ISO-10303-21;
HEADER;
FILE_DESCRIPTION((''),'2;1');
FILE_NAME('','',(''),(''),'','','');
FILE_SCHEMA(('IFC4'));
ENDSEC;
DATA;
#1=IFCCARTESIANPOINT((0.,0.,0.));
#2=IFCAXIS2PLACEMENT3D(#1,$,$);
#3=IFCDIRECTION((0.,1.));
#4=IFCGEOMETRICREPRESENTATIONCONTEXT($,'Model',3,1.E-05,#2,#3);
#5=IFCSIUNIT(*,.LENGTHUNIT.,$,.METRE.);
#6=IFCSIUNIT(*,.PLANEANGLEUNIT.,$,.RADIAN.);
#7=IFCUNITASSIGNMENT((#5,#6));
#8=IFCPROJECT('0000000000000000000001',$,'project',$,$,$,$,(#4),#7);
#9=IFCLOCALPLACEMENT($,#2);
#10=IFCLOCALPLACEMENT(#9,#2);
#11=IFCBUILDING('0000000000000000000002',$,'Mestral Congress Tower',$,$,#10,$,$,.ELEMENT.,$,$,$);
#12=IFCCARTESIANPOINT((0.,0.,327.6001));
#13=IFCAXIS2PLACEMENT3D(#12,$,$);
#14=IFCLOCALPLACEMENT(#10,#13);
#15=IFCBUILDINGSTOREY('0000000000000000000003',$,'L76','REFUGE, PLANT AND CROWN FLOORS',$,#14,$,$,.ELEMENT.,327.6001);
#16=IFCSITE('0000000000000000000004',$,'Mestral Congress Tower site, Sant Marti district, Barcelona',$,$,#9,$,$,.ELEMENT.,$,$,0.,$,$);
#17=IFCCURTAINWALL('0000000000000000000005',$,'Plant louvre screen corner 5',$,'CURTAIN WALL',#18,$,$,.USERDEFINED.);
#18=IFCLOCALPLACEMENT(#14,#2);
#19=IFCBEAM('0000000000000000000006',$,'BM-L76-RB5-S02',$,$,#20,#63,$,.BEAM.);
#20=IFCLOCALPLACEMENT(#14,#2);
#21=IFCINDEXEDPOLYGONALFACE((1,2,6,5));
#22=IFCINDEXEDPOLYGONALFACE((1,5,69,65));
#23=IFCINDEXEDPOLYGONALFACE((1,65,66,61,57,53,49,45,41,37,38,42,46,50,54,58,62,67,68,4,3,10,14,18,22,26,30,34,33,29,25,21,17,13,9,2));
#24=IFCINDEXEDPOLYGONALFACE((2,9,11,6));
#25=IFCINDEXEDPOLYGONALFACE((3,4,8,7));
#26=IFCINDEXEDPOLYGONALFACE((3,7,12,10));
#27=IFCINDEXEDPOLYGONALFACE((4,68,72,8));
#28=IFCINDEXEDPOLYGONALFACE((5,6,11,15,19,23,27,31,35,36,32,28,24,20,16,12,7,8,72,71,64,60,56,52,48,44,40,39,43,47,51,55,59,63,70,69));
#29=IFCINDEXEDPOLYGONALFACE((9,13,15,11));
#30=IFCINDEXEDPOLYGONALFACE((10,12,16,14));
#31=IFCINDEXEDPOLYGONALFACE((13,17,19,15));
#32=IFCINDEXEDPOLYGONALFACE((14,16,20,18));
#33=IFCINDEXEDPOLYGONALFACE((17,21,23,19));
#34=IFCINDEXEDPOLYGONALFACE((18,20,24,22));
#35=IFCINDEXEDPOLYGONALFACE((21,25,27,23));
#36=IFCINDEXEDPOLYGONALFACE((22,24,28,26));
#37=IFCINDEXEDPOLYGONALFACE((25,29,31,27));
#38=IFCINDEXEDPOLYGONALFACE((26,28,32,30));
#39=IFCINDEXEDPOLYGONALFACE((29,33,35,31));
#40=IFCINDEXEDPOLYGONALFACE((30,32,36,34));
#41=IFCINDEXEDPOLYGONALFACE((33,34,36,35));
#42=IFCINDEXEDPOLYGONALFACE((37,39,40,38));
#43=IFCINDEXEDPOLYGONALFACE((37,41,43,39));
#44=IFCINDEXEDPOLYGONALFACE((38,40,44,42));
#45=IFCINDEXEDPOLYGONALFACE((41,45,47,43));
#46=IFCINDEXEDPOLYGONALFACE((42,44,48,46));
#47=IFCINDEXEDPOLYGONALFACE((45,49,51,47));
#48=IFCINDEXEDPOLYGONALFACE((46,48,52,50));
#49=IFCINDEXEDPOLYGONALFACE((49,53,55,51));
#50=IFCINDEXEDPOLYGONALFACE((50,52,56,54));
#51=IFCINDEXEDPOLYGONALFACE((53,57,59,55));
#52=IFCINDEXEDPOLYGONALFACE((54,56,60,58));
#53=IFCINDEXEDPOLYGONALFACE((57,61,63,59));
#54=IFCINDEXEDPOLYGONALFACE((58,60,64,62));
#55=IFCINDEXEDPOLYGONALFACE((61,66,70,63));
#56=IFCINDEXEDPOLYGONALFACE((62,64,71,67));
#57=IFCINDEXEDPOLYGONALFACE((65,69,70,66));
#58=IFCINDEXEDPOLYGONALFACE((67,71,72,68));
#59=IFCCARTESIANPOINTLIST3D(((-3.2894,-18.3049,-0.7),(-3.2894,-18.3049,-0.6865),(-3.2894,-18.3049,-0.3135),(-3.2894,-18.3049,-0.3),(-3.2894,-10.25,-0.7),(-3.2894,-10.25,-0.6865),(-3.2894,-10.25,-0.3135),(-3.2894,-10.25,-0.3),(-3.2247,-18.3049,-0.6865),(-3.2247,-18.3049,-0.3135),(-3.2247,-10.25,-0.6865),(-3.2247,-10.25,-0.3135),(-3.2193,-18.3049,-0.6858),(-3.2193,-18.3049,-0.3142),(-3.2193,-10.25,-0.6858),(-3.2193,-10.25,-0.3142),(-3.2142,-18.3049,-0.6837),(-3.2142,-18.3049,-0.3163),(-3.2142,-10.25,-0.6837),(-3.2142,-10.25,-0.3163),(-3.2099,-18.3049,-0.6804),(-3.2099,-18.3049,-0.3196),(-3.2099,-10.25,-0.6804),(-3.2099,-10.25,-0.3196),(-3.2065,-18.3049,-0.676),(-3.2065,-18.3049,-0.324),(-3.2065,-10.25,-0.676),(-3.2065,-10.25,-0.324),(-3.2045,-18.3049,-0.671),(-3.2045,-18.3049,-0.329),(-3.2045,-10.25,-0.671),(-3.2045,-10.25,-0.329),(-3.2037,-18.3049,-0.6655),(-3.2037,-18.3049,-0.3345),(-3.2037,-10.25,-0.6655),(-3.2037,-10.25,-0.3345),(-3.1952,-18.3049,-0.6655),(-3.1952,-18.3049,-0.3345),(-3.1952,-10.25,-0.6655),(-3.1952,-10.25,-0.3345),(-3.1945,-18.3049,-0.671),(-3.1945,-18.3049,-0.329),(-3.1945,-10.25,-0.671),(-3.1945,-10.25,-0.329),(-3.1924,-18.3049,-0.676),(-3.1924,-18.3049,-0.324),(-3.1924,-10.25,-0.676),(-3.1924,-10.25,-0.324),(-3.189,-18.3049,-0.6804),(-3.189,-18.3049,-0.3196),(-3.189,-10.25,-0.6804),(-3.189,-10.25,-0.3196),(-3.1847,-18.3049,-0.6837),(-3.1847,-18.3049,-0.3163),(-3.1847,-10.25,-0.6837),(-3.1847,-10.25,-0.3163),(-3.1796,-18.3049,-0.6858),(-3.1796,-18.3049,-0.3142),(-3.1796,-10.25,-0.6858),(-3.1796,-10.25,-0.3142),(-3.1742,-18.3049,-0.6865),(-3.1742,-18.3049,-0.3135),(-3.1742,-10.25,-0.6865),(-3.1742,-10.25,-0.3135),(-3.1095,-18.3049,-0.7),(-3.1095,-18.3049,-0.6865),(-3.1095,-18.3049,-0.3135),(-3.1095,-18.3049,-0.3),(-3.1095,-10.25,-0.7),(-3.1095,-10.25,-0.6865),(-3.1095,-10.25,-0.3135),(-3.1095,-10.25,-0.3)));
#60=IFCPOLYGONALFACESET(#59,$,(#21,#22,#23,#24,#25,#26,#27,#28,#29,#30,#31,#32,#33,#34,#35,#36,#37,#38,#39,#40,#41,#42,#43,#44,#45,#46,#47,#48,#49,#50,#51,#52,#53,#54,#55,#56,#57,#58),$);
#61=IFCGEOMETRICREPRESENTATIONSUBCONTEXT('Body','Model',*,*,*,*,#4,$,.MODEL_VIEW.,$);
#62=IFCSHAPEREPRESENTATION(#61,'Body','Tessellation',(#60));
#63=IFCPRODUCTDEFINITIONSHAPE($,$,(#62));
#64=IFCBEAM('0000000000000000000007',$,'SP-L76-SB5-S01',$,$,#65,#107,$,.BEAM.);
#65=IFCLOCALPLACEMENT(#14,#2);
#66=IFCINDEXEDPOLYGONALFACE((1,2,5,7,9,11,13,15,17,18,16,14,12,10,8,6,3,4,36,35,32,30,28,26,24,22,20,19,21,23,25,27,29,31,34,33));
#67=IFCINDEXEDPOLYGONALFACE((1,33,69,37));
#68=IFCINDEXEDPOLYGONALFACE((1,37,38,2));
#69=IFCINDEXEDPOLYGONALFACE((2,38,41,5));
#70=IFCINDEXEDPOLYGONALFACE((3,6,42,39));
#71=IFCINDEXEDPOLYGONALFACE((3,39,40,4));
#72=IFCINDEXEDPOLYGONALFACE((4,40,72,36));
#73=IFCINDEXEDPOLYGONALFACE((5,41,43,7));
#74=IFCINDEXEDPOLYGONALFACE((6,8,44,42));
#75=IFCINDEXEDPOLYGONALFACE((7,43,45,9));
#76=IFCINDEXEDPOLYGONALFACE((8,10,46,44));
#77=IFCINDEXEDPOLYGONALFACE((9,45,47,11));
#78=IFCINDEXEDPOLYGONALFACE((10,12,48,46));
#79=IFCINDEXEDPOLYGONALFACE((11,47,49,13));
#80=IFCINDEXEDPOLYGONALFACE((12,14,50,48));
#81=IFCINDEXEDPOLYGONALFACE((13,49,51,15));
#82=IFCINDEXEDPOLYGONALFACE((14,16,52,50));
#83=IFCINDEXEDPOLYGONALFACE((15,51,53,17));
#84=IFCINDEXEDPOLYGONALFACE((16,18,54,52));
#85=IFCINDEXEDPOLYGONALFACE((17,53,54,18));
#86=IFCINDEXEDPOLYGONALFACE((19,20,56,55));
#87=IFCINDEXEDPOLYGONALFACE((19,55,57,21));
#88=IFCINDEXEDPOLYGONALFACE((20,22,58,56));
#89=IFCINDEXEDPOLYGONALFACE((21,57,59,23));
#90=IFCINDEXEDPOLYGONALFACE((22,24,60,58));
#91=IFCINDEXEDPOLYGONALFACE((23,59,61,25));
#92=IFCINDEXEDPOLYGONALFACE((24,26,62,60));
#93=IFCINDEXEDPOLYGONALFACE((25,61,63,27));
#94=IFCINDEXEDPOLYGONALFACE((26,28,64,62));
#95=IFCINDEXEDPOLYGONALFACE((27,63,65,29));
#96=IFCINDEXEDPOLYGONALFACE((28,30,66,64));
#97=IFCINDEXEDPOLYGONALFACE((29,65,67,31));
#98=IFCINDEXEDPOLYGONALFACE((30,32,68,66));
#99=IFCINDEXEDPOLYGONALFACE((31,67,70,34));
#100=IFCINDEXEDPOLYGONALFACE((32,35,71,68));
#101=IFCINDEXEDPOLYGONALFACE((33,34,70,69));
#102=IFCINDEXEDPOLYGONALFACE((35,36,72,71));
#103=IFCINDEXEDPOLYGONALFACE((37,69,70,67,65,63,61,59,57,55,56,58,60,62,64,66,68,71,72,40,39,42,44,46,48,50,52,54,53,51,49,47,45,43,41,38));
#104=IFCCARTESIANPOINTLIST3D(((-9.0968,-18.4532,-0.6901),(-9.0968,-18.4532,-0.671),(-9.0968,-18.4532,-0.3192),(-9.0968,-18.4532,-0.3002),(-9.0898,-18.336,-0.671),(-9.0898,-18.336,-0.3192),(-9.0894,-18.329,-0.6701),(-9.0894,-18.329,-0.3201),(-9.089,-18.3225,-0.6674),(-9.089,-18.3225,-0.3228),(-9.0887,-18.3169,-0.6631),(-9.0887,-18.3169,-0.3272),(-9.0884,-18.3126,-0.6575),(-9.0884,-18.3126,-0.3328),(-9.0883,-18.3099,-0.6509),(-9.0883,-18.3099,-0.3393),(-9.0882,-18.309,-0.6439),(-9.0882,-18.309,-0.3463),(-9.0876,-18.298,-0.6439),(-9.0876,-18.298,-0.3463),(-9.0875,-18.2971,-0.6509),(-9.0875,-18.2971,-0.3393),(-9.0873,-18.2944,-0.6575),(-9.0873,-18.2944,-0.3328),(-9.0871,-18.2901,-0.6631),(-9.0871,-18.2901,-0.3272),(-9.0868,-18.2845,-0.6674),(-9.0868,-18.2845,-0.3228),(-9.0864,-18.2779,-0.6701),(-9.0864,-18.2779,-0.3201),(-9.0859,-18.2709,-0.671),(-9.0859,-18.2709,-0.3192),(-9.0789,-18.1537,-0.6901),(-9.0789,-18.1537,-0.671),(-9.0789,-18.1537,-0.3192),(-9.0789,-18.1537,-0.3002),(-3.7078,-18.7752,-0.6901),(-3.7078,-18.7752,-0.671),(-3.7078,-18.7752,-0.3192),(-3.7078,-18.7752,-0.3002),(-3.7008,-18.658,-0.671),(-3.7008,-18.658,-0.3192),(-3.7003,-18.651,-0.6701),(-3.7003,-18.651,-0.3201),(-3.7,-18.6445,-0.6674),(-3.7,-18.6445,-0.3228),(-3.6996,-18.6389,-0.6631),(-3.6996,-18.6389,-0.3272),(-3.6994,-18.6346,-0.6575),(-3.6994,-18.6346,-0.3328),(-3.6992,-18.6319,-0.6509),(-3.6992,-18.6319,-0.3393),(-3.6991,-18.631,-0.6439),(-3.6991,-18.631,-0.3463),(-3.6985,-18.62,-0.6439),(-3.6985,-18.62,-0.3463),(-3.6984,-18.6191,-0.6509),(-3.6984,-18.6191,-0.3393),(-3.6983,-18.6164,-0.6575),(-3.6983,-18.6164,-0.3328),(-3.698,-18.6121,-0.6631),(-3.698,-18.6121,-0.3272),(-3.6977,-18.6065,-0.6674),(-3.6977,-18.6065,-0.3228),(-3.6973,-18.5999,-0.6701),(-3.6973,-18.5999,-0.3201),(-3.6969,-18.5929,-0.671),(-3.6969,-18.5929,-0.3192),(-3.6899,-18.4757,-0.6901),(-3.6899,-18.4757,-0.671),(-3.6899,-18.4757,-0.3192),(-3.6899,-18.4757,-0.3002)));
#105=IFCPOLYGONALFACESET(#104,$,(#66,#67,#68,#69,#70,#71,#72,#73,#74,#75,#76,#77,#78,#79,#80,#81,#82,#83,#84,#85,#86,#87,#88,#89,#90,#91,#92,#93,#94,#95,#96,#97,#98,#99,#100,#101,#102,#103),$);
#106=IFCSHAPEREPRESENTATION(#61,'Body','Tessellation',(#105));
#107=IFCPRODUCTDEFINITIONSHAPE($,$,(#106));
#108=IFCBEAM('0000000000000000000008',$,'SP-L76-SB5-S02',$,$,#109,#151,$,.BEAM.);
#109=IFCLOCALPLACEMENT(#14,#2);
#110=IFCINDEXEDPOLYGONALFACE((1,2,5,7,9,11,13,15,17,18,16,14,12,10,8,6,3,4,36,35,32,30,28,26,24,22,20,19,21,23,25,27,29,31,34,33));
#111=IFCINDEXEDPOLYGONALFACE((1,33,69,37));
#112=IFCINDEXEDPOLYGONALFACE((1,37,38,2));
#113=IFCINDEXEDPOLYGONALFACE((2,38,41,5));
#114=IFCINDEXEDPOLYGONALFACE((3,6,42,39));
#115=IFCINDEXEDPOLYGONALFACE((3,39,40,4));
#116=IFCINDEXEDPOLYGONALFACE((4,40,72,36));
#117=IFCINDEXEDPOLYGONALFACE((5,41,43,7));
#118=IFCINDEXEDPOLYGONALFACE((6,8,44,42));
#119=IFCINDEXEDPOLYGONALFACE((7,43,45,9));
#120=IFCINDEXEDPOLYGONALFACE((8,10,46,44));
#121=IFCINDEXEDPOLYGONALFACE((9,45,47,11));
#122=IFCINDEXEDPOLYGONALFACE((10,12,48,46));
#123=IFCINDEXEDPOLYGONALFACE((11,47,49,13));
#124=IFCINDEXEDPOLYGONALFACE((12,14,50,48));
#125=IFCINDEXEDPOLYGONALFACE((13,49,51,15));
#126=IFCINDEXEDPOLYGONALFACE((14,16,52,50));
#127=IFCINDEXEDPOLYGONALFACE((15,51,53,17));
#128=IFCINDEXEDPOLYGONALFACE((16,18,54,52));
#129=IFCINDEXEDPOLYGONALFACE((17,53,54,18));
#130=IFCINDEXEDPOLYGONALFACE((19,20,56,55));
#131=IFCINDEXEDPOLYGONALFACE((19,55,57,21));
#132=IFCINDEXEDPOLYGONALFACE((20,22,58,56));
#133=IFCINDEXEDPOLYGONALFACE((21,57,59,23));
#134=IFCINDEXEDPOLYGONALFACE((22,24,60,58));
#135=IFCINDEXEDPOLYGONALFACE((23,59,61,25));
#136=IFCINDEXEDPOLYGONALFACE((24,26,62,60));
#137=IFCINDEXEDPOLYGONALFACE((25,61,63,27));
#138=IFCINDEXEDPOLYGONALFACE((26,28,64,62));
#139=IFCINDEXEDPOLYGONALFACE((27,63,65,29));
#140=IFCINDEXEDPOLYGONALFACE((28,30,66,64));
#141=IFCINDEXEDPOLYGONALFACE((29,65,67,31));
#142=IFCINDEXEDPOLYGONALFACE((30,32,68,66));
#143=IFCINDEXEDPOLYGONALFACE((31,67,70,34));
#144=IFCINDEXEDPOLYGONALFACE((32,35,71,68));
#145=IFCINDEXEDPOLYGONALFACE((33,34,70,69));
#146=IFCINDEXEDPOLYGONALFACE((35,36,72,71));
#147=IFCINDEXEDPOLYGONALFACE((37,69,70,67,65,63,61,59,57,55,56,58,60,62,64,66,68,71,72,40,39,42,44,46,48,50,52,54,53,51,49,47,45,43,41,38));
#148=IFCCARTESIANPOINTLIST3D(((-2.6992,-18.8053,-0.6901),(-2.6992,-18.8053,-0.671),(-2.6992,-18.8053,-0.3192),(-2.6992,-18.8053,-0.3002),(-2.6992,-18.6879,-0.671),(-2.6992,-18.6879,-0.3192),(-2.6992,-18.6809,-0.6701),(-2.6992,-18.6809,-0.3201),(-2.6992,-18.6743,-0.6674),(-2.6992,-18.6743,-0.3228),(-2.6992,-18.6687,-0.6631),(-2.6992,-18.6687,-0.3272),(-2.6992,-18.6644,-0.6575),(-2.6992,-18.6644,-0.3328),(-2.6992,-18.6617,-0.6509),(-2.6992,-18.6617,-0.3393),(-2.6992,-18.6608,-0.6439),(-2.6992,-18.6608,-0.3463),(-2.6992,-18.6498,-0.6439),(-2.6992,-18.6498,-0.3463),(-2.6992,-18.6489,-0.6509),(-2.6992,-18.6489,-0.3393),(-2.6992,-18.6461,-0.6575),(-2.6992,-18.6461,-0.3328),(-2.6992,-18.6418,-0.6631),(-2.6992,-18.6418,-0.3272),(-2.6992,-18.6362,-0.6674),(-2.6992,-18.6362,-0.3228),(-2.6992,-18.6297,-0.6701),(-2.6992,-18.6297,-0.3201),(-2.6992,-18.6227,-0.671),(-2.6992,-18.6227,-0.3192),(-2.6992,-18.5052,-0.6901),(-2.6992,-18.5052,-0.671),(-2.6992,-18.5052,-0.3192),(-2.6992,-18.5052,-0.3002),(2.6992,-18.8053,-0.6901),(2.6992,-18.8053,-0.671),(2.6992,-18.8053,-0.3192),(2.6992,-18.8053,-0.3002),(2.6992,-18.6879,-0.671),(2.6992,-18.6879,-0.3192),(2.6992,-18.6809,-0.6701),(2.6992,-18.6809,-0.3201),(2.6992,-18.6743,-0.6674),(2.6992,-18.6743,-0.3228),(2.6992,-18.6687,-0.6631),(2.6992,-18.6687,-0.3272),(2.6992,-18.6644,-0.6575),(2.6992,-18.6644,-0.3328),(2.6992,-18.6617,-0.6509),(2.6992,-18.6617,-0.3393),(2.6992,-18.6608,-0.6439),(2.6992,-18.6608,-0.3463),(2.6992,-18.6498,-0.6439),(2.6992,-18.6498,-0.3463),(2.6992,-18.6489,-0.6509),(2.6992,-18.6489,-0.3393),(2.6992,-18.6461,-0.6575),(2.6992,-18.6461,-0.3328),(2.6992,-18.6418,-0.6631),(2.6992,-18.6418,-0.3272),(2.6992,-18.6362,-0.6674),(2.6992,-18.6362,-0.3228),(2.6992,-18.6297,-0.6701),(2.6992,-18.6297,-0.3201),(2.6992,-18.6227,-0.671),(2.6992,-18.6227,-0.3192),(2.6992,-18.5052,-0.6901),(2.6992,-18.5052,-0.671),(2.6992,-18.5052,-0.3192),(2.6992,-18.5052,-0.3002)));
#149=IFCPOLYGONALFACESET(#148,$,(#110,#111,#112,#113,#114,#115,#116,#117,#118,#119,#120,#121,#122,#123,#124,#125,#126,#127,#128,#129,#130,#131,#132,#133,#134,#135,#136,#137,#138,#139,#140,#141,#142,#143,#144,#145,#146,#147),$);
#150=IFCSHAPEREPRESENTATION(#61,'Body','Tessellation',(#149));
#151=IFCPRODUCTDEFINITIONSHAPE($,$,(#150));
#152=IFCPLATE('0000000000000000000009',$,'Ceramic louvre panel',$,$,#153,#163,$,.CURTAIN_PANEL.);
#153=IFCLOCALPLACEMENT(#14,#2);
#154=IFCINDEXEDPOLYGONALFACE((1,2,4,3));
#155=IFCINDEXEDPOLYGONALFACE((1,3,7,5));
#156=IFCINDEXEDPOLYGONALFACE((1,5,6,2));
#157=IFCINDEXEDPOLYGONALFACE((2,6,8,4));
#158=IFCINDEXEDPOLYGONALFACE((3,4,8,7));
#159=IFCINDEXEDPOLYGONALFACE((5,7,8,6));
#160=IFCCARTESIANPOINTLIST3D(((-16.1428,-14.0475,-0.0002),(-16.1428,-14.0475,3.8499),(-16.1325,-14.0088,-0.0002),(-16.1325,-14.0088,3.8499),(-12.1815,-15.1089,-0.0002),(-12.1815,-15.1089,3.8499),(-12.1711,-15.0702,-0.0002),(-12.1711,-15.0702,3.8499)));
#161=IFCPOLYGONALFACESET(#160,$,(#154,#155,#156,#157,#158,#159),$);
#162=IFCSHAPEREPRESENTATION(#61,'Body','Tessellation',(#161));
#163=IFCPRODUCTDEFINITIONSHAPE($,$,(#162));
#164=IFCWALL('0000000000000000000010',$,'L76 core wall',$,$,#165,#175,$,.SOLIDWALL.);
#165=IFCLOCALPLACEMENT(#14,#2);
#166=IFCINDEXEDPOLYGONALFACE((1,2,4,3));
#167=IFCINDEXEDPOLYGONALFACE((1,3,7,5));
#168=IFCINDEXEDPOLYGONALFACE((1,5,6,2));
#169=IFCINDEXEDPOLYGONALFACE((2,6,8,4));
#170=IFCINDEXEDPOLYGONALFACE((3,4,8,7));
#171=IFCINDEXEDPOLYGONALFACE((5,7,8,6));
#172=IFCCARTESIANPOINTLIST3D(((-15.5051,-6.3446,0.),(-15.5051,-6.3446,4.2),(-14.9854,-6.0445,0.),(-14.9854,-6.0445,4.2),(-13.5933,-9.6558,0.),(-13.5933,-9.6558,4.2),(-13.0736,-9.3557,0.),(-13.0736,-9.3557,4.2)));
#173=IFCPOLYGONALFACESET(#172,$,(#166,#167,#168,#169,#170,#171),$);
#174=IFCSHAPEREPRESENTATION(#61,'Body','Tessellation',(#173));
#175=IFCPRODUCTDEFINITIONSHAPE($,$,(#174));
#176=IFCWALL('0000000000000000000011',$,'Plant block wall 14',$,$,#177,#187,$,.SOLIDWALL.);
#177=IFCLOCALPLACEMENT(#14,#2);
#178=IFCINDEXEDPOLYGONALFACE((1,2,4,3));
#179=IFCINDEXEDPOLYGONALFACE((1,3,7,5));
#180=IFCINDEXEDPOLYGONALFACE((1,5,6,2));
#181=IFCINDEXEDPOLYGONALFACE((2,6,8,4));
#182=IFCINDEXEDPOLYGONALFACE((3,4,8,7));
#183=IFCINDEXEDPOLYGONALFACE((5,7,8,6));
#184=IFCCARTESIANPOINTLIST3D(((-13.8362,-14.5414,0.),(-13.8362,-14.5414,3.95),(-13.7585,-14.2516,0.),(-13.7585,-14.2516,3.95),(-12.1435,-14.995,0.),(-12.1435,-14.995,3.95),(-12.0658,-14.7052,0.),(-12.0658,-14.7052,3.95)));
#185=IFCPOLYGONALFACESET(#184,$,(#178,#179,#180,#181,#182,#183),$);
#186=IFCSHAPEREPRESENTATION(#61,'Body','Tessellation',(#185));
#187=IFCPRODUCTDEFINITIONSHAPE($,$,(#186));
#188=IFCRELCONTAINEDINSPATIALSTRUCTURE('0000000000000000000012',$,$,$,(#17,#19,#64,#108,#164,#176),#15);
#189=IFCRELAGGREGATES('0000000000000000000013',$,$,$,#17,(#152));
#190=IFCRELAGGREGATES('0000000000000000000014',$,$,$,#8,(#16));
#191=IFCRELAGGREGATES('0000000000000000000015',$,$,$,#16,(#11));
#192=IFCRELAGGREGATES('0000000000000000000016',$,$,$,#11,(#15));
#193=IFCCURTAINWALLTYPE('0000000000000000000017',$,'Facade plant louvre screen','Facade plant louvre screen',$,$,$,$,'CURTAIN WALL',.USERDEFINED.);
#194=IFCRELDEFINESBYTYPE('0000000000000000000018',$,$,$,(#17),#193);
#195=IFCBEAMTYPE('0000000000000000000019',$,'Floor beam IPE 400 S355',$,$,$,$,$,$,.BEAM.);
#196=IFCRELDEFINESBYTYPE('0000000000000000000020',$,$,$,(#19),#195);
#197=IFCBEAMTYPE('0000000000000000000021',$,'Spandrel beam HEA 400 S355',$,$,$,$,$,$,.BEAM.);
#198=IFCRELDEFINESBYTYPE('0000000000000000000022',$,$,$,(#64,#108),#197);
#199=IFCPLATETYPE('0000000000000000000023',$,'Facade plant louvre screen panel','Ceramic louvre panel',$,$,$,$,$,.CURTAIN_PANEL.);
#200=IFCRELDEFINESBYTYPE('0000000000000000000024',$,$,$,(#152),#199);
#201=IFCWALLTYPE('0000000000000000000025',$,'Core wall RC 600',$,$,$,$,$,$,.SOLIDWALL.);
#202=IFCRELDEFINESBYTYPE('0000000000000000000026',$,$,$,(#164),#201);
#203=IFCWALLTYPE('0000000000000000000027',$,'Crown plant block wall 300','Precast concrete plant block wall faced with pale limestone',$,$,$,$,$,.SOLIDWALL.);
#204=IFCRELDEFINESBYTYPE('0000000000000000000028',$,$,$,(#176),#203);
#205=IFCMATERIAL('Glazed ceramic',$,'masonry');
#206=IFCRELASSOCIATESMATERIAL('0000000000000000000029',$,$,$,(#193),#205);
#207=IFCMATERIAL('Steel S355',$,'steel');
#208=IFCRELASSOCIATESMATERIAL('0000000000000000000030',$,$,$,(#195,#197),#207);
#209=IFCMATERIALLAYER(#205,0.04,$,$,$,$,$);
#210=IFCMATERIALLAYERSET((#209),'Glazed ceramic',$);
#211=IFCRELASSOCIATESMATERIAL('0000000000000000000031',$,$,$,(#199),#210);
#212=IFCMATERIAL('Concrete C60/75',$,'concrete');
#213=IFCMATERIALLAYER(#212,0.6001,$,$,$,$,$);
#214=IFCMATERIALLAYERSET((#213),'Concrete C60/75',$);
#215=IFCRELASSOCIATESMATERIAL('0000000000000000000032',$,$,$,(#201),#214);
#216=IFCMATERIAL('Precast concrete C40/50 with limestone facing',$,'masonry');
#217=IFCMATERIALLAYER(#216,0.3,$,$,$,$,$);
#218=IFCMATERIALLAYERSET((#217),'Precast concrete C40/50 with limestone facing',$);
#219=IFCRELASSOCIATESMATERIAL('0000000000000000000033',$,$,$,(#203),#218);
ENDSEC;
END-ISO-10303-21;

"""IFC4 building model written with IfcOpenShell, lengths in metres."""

from ifc_helpers import new_model, si_unit, direction, frame, frame_2d, origin, origin_2d, place, context, subcontext, project, spatial, rectangle, i_section, extrude, material, layer, layer_set, material_profile, profile_set, type_object, element, aggregate, save


model = new_model("IFC4")

# Units and contexts
model_context = context("Model", 3, precision=1e-05, world=origin(), true_north=direction((0.0, 1.0)))
body_context = subcontext(model_context, "Body", "Model", "MODEL_VIEW")
ifc_project = project(units=[si_unit("LENGTHUNIT", "METRE"), si_unit("PLANEANGLEUNIT", "RADIAN")], contexts=[model_context])

# Site, building, storey
site_placement = place(None, origin())
site = spatial("IfcSite", under=ifc_project, at=site_placement, Name="Mestral Congress Tower site, Sant Marti district, Barcelona", CompositionType="ELEMENT", RefElevation=0.0)
building_placement = place(site_placement, origin())
building = spatial("IfcBuilding", under=site, at=building_placement, Name="Mestral Congress Tower", CompositionType="ELEMENT")
storey_placement = place(building_placement, frame((0.0, 0.0, 327.6001)))
storey = spatial("IfcBuildingStorey", under=building, at=storey_placement, Name="L76", Description="REFUGE, PLANT AND CROWN FLOORS", CompositionType="ELEMENT", Elevation=327.6001)

# Shared definitions
ifc_material_1 = material(Name="Steel S355", Category="steel")

# Curtain wall
ifc_material_2 = material(Name="Glazed ceramic", Category="masonry")
curtain_wall_type = type_object("IfcCurtainWallType", Name="Facade plant louvre screen", Description="Facade plant louvre screen", ElementType="CURTAIN WALL", PredefinedType="USERDEFINED", material=ifc_material_2)
placement = place(storey_placement, origin())
curtain_wall = element("IfcCurtainWall", 1, at=placement, inside=storey, type_object=curtain_wall_type, Name="Plant louvre screen corner 5", ObjectType="CURTAIN WALL", PredefinedType="USERDEFINED")

# Beams
ifc_material_profile_1 = material_profile(ifc_material_1, i_section(OverallWidth=0.1799, OverallDepth=0.3999, WebThickness=0.0085, FlangeThickness=0.0134, FilletRadius=0.021, at=origin_2d()), Name="IPE 400")
ifc_profile_set_1 = profile_set([ifc_material_profile_1], Name="Steel S355")
beam_type_1 = type_object("IfcBeamType", Name="Floor beam IPE 400 S355", PredefinedType="BEAM", material=ifc_profile_set_1)
beam_1_placement = place(storey_placement, frame((-3.1995, -18.3049, -0.5), z_axis=(0.0, 1.0, 0.0), x_axis=(-1.0, 0.0, 0.0)))
element("IfcBeam", 2, at=beam_1_placement, inside=storey, type_object=beam_type_1, Name="BM-L76-RB5-S02", PredefinedType="BEAM", context=body_context, shape_type="SweptSolid", body=[
    extrude(i_section(OverallWidth=0.1799, OverallDepth=0.3999, WebThickness=0.0085, FlangeThickness=0.0134, FilletRadius=0.021, at=origin_2d()), origin(), (0.0, 0.0, 1.0), 8.0549),
])
ifc_material_profile_2 = material_profile(ifc_material_1, i_section(OverallWidth=0.3, OverallDepth=0.3899, WebThickness=0.011, FlangeThickness=0.019, FilletRadius=0.0271, at=origin_2d()), Name="HEA 400")
ifc_profile_set_2 = profile_set([ifc_material_profile_2], Name="Steel S355")
beam_type_2 = type_object("IfcBeamType", Name="Spandrel beam HEA 400 S355", PredefinedType="BEAM", material=ifc_profile_set_2)
beam_2_placement = place(storey_placement, frame((-9.0879, -18.3035, -0.4951), z_axis=(0.99822, -0.059647, 0.0), x_axis=(0.059647, 0.99822, 0.0)))
element("IfcBeam", 3, at=beam_2_placement, inside=storey, type_object=beam_type_2, Name="SP-L76-SB5-S01", PredefinedType="BEAM", context=body_context, shape_type="SweptSolid", body=[
    extrude(i_section(OverallWidth=0.3, OverallDepth=0.3899, WebThickness=0.011, FlangeThickness=0.019, FilletRadius=0.0271, at=origin_2d()), origin(), (0.0, 0.0, 1.0), 5.3987),
])
beam_3_placement = place(storey_placement, frame((-2.6992, -18.6553, -0.4951), z_axis=(1.0, 0.0, 0.0), x_axis=(0.0, 1.0, 0.0)))
element("IfcBeam", 4, at=beam_3_placement, inside=storey, type_object=beam_type_2, Name="SP-L76-SB5-S02", PredefinedType="BEAM", context=body_context, shape_type="SweptSolid", body=[
    extrude(i_section(OverallWidth=0.3, OverallDepth=0.3899, WebThickness=0.011, FlangeThickness=0.019, FilletRadius=0.0271, at=origin_2d()), origin(), (0.0, 0.0, 1.0), 5.3984),
])

# Plate
ifc_layer_1 = layer(ifc_material_2, 0.04)
ifc_layer_set_1 = layer_set([ifc_layer_1], Name="Glazed ceramic")
plate_type = type_object("IfcPlateType", Name="Facade plant louvre screen panel", Description="Ceramic louvre panel", PredefinedType="CURTAIN_PANEL", material=ifc_layer_set_1)
plate_placement = place(storey_placement, frame((-14.157, -14.5588, -0.0002), z_axis=(0.0, 0.0, 1.0), x_axis=(0.965926, -0.258819, 0.0)))
plate = element("IfcPlate", 5, at=plate_placement, type_object=plate_type, Name="Ceramic louvre panel", PredefinedType="CURTAIN_PANEL", context=body_context, shape_type="SweptSolid", body=[
    extrude(rectangle(XDim=4.1011, YDim=0.04, at=origin_2d()), origin(), (0.0, 0.0, 1.0), 3.8501),
])
aggregate(curtain_wall, [plate])

# Walls
ifc_material_3 = material(Name="Concrete C60/75", Category="concrete")
ifc_layer_2 = layer(ifc_material_3, 0.6001)
ifc_layer_set_2 = layer_set([ifc_layer_2], Name="Concrete C60/75")
wall_type_1 = type_object("IfcWallType", Name="Core wall RC 600", PredefinedType="SOLIDWALL", material=ifc_layer_set_2)
wall_1_placement = place(storey_placement, frame((-13.3335, -9.5056, 0.0), z_axis=(0.0, 0.0, 1.0), x_axis=(-0.500019, 0.866014, 0.0)))
element("IfcWall", 6, at=wall_1_placement, inside=storey, type_object=wall_type_1, Name="L76 core wall", PredefinedType="SOLIDWALL", context=body_context, shape_type="SweptSolid", body=[
    extrude(rectangle(XDim=3.8235, YDim=0.6001, at=frame_2d((1.9116, 0.0))), origin(), (0.0, 0.0, 1.0), 4.2),
])
ifc_material_4 = material(Name="Precast concrete C40/50 with limestone facing", Category="masonry")
ifc_layer_3 = layer(ifc_material_4, 0.3)
ifc_layer_set_3 = layer_set([ifc_layer_3], Name="Precast concrete C40/50 with limestone facing")
wall_type_2 = type_object("IfcWallType", Name="Crown plant block wall 300", Description="Precast concrete plant block wall faced with pale limestone", PredefinedType="SOLIDWALL", material=ifc_layer_set_3)
wall_2_placement = place(storey_placement, frame((-13.7974, -14.3965, 0.0), z_axis=(0.0, 0.0, 1.0), x_axis=(0.965915, -0.258859, 0.0)))
element("IfcWall", 7, at=wall_2_placement, inside=storey, type_object=wall_type_2, Name="Plant block wall 14", PredefinedType="SOLIDWALL", context=body_context, shape_type="SweptSolid", body=[
    extrude(rectangle(XDim=1.7524, YDim=0.3, at=frame_2d((0.8762, 0.0))), origin(), (0.0, 0.0, 1.0), 3.95),
])

save(model, "model.ifc")
